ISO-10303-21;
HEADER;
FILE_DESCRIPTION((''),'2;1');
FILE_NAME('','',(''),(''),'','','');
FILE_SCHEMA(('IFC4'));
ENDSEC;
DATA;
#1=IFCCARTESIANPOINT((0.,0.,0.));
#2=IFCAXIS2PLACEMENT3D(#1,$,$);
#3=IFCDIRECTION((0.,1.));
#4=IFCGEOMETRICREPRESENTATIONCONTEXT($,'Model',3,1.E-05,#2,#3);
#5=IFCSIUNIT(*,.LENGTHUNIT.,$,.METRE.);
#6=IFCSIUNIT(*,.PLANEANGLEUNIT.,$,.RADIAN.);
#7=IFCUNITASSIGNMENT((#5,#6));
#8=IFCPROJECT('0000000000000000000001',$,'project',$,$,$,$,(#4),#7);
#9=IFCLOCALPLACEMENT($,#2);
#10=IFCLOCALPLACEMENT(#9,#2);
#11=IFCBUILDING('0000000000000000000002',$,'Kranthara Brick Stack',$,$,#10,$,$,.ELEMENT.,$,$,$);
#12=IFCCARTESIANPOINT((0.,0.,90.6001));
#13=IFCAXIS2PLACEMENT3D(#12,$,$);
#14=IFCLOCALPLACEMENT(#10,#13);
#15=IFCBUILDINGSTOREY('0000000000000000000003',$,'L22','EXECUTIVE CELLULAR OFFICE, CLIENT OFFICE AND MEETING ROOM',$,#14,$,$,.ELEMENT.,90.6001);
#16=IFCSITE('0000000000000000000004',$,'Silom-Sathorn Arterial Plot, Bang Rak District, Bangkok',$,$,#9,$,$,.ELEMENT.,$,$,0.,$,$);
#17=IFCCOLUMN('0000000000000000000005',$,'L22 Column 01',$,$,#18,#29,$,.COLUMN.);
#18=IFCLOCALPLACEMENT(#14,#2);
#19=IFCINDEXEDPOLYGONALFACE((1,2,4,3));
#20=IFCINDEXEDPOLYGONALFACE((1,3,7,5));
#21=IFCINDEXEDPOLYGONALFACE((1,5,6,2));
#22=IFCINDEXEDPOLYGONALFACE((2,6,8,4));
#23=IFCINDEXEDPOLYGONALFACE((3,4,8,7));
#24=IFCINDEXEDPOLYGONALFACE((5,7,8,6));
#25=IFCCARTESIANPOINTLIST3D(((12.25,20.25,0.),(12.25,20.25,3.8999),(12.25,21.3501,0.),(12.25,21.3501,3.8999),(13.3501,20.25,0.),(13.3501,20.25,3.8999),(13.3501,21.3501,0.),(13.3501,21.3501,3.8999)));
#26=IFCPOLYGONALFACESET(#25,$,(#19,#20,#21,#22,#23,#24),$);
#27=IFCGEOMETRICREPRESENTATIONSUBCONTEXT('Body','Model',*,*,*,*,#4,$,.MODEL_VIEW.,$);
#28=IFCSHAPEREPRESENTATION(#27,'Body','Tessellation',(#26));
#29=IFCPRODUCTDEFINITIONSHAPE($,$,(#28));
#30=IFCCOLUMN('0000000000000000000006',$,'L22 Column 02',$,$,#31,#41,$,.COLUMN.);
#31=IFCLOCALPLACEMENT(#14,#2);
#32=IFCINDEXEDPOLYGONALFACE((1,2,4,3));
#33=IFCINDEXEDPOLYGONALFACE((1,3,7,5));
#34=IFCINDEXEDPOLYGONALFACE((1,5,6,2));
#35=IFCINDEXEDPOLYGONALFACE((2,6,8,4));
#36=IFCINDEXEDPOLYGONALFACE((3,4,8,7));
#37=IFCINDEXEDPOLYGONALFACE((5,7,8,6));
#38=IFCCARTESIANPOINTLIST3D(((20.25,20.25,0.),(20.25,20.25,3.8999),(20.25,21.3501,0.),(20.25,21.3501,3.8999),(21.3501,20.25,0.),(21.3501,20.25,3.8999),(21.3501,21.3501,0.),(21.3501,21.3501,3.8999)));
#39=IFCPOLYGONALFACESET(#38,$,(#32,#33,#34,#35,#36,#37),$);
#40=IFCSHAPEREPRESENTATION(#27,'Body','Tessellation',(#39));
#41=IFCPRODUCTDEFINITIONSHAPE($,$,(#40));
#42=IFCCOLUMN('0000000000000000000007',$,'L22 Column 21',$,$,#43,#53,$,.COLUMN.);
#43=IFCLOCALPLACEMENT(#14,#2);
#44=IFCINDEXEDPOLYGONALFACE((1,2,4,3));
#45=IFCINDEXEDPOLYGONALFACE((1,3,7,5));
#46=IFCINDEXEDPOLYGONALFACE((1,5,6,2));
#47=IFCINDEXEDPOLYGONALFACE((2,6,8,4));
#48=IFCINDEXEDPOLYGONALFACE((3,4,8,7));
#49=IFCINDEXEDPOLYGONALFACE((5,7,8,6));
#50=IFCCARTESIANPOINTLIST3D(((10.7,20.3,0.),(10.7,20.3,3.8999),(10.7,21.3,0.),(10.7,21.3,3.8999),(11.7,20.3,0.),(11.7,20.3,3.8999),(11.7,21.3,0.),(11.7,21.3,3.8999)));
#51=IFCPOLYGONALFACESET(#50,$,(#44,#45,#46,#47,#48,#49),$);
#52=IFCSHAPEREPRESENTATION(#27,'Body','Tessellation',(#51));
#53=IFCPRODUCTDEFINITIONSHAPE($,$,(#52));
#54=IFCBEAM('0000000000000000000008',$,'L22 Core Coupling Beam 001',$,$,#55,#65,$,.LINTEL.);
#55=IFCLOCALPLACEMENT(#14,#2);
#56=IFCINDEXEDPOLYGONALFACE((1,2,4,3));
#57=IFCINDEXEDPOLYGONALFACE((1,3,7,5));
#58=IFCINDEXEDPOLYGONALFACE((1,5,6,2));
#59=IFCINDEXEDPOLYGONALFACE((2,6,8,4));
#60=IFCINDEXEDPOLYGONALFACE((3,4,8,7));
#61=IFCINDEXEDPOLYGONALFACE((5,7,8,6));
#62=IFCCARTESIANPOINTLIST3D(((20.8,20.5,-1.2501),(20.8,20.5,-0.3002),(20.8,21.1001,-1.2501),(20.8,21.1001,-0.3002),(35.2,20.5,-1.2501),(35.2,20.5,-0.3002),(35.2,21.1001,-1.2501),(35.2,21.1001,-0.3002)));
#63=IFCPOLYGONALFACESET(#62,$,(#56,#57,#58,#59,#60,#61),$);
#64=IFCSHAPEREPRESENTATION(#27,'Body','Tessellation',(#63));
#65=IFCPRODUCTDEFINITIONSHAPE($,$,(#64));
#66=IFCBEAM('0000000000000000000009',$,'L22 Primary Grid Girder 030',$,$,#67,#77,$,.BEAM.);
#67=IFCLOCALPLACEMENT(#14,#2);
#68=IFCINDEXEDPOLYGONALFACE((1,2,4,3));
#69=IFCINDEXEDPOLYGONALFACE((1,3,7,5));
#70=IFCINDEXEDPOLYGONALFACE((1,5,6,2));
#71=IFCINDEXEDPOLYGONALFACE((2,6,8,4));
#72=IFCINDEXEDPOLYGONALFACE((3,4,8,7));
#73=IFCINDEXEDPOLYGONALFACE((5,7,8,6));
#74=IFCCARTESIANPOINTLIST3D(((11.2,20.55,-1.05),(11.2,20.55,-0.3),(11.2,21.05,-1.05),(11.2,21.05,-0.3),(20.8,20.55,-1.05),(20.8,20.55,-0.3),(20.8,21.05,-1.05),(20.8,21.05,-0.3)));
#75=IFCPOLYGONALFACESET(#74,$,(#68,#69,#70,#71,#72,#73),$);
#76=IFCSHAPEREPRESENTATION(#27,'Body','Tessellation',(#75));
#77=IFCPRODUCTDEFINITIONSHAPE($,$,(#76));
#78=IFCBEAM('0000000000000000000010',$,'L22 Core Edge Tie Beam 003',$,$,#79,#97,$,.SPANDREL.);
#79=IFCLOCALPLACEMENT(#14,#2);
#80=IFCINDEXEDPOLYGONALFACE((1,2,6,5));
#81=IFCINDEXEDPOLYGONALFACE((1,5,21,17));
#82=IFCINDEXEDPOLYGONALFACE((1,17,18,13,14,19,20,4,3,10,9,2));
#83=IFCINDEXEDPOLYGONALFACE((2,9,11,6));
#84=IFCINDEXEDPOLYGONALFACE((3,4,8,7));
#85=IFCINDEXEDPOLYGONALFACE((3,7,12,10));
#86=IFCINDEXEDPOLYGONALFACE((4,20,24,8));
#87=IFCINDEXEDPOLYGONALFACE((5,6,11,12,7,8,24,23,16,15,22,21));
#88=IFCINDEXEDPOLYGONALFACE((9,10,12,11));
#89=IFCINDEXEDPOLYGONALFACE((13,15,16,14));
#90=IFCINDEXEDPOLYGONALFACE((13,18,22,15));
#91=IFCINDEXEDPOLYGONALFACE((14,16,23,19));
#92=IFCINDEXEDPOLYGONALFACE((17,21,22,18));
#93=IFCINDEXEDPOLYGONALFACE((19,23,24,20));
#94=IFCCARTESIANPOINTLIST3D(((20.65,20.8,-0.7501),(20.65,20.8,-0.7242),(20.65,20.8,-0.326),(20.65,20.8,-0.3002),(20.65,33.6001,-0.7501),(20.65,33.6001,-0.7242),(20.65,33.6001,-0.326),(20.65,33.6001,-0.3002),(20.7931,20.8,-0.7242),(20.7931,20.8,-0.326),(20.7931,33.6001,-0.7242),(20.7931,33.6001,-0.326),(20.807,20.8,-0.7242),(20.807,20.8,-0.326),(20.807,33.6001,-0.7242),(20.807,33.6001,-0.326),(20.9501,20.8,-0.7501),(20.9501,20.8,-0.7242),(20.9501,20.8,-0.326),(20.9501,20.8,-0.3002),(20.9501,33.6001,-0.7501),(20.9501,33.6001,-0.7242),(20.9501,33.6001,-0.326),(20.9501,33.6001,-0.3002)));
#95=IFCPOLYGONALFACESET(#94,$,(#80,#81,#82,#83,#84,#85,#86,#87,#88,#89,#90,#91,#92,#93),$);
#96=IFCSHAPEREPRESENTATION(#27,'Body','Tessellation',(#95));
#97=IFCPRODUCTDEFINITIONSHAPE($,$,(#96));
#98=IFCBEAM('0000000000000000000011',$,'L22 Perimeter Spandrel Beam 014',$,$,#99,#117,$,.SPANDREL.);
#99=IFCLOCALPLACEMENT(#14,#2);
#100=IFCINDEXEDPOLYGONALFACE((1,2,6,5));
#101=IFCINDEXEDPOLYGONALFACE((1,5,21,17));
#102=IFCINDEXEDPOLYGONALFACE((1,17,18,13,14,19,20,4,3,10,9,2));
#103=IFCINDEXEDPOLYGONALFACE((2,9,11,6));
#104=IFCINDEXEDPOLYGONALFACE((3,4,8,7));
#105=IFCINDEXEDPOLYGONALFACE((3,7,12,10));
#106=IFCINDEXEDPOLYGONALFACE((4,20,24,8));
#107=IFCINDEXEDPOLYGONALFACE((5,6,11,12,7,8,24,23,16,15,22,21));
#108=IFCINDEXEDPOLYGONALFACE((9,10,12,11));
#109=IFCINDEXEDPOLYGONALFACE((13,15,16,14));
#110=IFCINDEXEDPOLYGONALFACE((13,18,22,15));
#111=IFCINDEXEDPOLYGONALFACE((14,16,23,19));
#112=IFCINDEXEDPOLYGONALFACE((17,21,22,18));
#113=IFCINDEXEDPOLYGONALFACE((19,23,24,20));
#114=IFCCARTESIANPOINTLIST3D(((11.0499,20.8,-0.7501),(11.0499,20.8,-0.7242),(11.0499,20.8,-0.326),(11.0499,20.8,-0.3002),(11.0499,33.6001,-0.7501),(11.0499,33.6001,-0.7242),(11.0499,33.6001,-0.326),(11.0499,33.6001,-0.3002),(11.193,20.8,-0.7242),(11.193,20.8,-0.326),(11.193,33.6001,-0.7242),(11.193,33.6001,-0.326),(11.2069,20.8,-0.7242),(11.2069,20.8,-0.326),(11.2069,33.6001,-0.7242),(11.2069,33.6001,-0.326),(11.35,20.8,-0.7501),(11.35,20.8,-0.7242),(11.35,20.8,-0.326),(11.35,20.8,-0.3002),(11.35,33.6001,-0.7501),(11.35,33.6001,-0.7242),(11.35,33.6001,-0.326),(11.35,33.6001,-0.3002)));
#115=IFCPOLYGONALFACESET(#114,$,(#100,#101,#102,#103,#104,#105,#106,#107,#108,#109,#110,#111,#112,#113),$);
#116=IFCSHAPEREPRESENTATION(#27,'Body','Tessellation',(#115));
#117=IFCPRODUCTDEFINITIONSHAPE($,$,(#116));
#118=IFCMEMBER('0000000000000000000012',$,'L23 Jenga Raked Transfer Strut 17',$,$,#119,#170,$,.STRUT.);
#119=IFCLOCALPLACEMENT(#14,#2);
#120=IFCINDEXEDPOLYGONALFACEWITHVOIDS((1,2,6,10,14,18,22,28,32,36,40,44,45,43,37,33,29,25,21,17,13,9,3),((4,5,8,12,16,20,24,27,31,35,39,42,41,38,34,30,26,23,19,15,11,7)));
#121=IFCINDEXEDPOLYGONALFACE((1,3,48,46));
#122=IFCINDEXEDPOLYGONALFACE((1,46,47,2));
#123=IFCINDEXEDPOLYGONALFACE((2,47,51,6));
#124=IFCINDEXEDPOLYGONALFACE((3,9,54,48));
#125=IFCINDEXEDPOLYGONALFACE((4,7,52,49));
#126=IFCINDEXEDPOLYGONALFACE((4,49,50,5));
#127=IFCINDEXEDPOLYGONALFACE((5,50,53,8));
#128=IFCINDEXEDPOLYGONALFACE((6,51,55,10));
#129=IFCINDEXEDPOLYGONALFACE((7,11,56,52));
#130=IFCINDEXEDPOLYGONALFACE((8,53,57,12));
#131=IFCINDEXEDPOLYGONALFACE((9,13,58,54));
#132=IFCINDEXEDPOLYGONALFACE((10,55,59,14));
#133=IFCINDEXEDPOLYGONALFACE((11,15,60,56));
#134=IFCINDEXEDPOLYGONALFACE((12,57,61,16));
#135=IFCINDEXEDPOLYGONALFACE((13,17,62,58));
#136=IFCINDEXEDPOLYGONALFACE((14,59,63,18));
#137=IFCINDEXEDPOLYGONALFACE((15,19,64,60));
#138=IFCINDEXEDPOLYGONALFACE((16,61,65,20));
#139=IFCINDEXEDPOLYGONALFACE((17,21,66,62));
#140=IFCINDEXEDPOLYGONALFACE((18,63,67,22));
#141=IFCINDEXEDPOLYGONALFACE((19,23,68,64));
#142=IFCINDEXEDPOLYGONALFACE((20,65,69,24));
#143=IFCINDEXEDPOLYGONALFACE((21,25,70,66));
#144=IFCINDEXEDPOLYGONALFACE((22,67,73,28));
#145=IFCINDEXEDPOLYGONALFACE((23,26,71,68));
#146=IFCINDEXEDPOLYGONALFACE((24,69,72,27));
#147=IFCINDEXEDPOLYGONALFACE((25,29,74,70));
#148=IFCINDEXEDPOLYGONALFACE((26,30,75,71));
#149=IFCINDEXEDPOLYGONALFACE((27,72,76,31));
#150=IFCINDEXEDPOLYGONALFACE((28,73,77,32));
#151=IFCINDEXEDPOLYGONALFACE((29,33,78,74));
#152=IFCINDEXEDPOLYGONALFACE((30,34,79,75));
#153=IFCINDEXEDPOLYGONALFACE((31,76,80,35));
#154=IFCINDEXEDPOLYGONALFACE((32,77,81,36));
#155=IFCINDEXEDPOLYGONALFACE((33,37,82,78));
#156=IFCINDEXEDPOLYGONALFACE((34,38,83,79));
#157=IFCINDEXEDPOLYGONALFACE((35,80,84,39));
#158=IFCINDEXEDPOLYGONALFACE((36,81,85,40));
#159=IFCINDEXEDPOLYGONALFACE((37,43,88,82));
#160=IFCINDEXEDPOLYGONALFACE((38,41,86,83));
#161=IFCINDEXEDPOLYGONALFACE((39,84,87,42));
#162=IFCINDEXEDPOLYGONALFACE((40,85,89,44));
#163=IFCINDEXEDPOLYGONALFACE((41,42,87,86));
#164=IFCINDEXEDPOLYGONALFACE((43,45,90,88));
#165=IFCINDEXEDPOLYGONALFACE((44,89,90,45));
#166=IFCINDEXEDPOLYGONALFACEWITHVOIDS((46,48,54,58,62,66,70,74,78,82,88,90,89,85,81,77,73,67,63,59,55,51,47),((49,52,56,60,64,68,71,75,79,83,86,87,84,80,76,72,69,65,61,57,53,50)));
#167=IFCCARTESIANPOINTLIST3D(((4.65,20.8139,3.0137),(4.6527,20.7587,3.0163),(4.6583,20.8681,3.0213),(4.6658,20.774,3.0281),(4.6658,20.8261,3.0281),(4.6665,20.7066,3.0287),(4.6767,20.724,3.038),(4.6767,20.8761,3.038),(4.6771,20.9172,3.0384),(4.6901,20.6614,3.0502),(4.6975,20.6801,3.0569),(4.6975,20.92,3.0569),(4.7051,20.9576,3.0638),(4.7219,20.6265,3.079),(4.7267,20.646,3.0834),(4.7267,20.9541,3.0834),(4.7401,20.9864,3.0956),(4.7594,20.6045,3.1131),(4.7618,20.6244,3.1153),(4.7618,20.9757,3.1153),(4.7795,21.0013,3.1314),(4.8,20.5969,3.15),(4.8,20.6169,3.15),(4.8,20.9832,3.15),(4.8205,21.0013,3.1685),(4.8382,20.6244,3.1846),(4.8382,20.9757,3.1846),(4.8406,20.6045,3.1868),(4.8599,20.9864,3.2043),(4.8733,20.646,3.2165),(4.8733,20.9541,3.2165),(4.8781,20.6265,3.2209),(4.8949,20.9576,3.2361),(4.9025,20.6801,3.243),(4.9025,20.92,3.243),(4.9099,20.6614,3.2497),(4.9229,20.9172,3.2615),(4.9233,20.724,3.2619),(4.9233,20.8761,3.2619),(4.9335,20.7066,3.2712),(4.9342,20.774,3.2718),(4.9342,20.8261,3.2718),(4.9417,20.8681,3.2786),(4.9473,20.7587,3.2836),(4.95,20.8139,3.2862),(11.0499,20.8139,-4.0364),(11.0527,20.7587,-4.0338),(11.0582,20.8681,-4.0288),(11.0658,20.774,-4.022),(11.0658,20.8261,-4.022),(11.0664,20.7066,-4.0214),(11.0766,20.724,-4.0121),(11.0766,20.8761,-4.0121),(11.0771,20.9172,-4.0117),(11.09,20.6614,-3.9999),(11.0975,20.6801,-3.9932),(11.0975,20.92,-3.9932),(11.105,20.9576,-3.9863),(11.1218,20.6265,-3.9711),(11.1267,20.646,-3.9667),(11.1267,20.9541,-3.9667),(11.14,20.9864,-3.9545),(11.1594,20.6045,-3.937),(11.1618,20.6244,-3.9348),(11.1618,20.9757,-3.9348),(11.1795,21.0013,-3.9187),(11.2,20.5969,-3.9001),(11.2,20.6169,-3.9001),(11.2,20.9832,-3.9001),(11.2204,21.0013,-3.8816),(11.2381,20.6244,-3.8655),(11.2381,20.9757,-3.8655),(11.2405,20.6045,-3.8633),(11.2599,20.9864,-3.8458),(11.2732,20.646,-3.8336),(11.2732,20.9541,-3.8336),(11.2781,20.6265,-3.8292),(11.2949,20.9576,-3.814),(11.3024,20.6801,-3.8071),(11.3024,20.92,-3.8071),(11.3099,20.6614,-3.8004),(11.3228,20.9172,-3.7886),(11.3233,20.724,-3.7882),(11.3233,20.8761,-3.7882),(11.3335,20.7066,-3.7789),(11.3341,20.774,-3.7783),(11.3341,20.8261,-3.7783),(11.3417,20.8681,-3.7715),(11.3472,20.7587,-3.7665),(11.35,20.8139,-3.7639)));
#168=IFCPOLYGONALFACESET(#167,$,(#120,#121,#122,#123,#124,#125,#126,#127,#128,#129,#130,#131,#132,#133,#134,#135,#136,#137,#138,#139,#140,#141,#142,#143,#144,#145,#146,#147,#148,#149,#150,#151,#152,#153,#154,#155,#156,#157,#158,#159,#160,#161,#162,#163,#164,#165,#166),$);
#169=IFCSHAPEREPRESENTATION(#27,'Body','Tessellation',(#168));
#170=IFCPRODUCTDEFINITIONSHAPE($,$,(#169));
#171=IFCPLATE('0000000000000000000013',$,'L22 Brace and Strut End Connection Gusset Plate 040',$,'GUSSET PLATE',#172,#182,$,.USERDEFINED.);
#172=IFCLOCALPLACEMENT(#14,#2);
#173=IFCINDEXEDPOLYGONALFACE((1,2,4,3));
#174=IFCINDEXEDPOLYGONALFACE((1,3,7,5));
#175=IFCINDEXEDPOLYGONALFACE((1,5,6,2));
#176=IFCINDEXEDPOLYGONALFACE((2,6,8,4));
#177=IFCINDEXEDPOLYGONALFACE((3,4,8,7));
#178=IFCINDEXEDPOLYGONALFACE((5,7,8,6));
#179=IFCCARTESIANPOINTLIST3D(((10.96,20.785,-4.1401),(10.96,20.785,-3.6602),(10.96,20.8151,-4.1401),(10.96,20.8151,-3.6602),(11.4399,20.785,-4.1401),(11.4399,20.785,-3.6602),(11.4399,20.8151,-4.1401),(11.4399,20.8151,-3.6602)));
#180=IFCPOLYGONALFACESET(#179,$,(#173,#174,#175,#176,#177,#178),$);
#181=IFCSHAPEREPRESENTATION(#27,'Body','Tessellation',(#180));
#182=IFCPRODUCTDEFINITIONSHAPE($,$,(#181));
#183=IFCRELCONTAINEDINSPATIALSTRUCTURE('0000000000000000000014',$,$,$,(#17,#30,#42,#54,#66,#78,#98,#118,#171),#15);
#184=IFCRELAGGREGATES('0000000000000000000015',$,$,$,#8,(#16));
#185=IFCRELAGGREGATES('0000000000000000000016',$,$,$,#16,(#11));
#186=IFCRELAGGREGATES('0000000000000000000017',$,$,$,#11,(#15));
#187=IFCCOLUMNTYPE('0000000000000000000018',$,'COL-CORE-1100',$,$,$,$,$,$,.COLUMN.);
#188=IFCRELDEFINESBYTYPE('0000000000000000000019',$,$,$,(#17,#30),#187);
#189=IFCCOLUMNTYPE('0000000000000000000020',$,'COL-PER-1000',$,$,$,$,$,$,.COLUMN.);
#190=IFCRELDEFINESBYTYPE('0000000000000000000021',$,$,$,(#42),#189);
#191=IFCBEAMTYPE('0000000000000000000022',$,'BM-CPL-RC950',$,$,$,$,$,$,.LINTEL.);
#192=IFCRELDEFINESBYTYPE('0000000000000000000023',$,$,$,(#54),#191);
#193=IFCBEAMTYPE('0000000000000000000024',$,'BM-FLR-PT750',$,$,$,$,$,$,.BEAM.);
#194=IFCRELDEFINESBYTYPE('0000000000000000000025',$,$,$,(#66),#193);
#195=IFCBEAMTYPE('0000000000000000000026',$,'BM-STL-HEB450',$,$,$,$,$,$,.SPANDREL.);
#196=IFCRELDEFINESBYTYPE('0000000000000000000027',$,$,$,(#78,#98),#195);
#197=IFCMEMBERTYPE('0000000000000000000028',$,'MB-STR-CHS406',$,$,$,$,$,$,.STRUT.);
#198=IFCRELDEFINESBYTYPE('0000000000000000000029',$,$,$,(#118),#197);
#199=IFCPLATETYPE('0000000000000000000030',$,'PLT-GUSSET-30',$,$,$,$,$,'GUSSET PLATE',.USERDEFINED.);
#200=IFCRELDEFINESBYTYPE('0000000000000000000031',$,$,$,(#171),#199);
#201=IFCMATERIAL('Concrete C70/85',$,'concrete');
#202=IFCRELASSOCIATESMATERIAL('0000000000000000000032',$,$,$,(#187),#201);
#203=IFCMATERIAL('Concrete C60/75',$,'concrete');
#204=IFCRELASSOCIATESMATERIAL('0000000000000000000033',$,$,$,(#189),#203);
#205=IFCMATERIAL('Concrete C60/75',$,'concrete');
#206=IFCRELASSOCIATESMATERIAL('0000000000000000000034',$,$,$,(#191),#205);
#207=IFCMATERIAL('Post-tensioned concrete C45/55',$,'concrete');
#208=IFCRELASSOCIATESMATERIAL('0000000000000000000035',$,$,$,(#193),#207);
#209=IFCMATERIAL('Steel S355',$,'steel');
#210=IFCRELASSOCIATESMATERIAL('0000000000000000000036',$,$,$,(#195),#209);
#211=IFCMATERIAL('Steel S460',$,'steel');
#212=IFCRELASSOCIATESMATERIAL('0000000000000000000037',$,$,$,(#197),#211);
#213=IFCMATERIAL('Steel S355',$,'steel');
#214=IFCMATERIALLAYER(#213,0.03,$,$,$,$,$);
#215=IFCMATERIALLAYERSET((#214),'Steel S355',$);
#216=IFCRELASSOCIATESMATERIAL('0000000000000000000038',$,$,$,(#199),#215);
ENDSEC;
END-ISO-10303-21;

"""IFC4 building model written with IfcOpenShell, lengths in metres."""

from ifc_helpers import new_model, si_unit, direction, frame, origin, origin_2d, place, context, subcontext, project, spatial, rectangle, hollow_circle, i_section, extrude, material, layer, layer_set, material_profile, profile_set, type_object, element, save


model = new_model("IFC4")

# Units and contexts
model_context = context("Model", 3, precision=1e-05, world=origin(), true_north=direction((0.0, 1.0)))
body_context = subcontext(model_context, "Body", "Model", "MODEL_VIEW")
ifc_project = project(units=[si_unit("LENGTHUNIT", "METRE"), si_unit("PLANEANGLEUNIT", "RADIAN")], contexts=[model_context])

# Site, building, storey
site_placement = place(None, origin())
site = spatial("IfcSite", under=ifc_project, at=site_placement, Name="Silom-Sathorn Arterial Plot, Bang Rak District, Bangkok", CompositionType="ELEMENT", RefElevation=0.0)
building_placement = place(site_placement, origin())
building = spatial("IfcBuilding", under=site, at=building_placement, Name="Kranthara Brick Stack", CompositionType="ELEMENT")
storey_placement = place(building_placement, frame((0.0, 0.0, 90.6001)))
storey = spatial("IfcBuildingStorey", under=building, at=storey_placement, Name="L22", Description="EXECUTIVE CELLULAR OFFICE, CLIENT OFFICE AND MEETING ROOM", CompositionType="ELEMENT", Elevation=90.6001)

# Columns
ifc_material_1 = material(Name="Concrete C70/85", Category="concrete")
ifc_material_profile_1 = material_profile(ifc_material_1, rectangle(XDim=1.1001, YDim=1.1001, at=origin_2d()), Name="RC 1100x1100")
ifc_profile_set_1 = profile_set([ifc_material_profile_1], Name="Concrete C70/85")
column_type_1 = type_object("IfcColumnType", Name="COL-CORE-1100", PredefinedType="COLUMN", material=ifc_profile_set_1)
for number, where, z_axis, x_axis, name in (
    (1, (12.8, 20.8, 0.0), (0.0, 0.0, 1.0), (1.0, 0.0, 0.0), "L22 Column 01"),
    (2, (20.8, 20.8, 0.0), (0.0, 0.0, 1.0), (1.0, 0.0, 0.0), "L22 Column 02"),
):
    element("IfcColumn", number, at=place(storey_placement, frame(where, z_axis=z_axis, x_axis=x_axis)), inside=storey, type_object=column_type_1, Name=name, PredefinedType="COLUMN", context=body_context, shape_type="SweptSolid", body=[
        extrude(rectangle(XDim=1.1001, YDim=1.1001, at=origin_2d()), origin(), (0.0, 0.0, 1.0), 3.8999),
    ])
ifc_material_2 = material(Name="Concrete C60/75", Category="concrete")
ifc_material_profile_2 = material_profile(ifc_material_2, rectangle(XDim=1.0, YDim=1.0, at=origin_2d()), Name="RC 1000x1000")
ifc_profile_set_2 = profile_set([ifc_material_profile_2], Name="Concrete C60/75")
column_type_2 = type_object("IfcColumnType", Name="COL-PER-1000", PredefinedType="COLUMN", material=ifc_profile_set_2)
column_placement = place(storey_placement, frame((11.2, 20.8, 0.0), z_axis=(0.0, 0.0, 1.0), x_axis=(1.0, 0.0, 0.0)))
element("IfcColumn", 3, at=column_placement, inside=storey, type_object=column_type_2, Name="L22 Column 21", PredefinedType="COLUMN", context=body_context, shape_type="SweptSolid", body=[
    extrude(rectangle(XDim=1.0, YDim=1.0, at=origin_2d()), origin(), (0.0, 0.0, 1.0), 3.8999),
])

# Beams
ifc_material_3 = material(Name="Concrete C60/75", Category="concrete")
ifc_material_profile_3 = material_profile(ifc_material_3, rectangle(XDim=0.6001, YDim=0.95, at=origin_2d()), Name="RC 600x950")
ifc_profile_set_3 = profile_set([ifc_material_profile_3], Name="Concrete C60/75")
beam_type_1 = type_object("IfcBeamType", Name="BM-CPL-RC950", PredefinedType="LINTEL", material=ifc_profile_set_3)
beam_1_placement = place(storey_placement, frame((20.8, 20.8, -0.7751), z_axis=(1.0, 0.0, 0.0), x_axis=(0.0, 1.0, 0.0)))
element("IfcBeam", 4, at=beam_1_placement, inside=storey, type_object=beam_type_1, Name="L22 Core Coupling Beam 001", PredefinedType="LINTEL", context=body_context, shape_type="SweptSolid", body=[
    extrude(rectangle(XDim=0.6001, YDim=0.95, at=origin_2d()), origin(), (0.0, 0.0, 1.0), 14.3999),
])
ifc_material_4 = material(Name="Post-tensioned concrete C45/55", Category="concrete")
ifc_material_profile_4 = material_profile(ifc_material_4, rectangle(XDim=0.5, YDim=0.75, at=origin_2d()), Name="PT 500x750")
ifc_profile_set_4 = profile_set([ifc_material_profile_4], Name="Post-tensioned concrete C45/55")
beam_type_2 = type_object("IfcBeamType", Name="BM-FLR-PT750", PredefinedType="BEAM", material=ifc_profile_set_4)
beam_2_placement = place(storey_placement, frame((11.2, 20.8, -0.675), z_axis=(1.0, 0.0, 0.0), x_axis=(0.0, 1.0, 0.0)))
element("IfcBeam", 5, at=beam_2_placement, inside=storey, type_object=beam_type_2, Name="L22 Primary Grid Girder 030", PredefinedType="BEAM", context=body_context, shape_type="SweptSolid", body=[
    extrude(rectangle(XDim=0.5, YDim=0.75, at=origin_2d()), origin(), (0.0, 0.0, 1.0), 9.6001),
])
ifc_material_5 = material(Name="Steel S355", Category="steel")
ifc_material_profile_5 = material_profile(ifc_material_5, i_section(OverallWidth=0.3, OverallDepth=0.45, WebThickness=0.0139, FlangeThickness=0.0259, at=origin_2d()), Name="HEB 450")
ifc_profile_set_5 = profile_set([ifc_material_profile_5], Name="Steel S355")
beam_type_3 = type_object("IfcBeamType", Name="BM-STL-HEB450", PredefinedType="SPANDREL", material=ifc_profile_set_5)
for number, where, z_axis, x_axis, name in (
    (6, (20.8, 20.8, -0.5251), (0.0, 1.0, 0.0), (-1.0, 0.0, 0.0), "L22 Core Edge Tie Beam 003"),
    (7, (11.2, 20.8, -0.5251), (0.0, 1.0, 0.0), (-1.0, 0.0, 0.0), "L22 Perimeter Spandrel Beam 014"),
):
    element("IfcBeam", number, at=place(storey_placement, frame(where, z_axis=z_axis, x_axis=x_axis)), inside=storey, type_object=beam_type_3, Name=name, PredefinedType="SPANDREL", context=body_context, shape_type="SweptSolid", body=[
        extrude(i_section(OverallWidth=0.3, OverallDepth=0.45, WebThickness=0.0139, FlangeThickness=0.0259, at=origin_2d()), origin(), (0.0, 0.0, 1.0), 12.8),
    ])

# Member
ifc_material_6 = material(Name="Steel S460", Category="steel")
ifc_material_profile_6 = material_profile(ifc_material_6, hollow_circle(Radius=0.2031, WallThickness=0.02, at=origin_2d()), Name="CHS 406.4x20")
ifc_profile_set_6 = profile_set([ifc_material_profile_6], Name="Steel S460")
member_type = type_object("IfcMemberType", Name="MB-STR-CHS406", PredefinedType="STRUT", material=ifc_profile_set_6)
member_placement = place(storey_placement, frame((11.2, 20.8, -3.9001), z_axis=(-0.672142, 0.0, 0.740423), x_axis=(0.0, -1.0, 0.0)))
element("IfcMember", 8, at=member_placement, inside=storey, type_object=member_type, Name="L23 Jenga Raked Transfer Strut 17", PredefinedType="STRUT", context=body_context, shape_type="SweptSolid", body=[
    extrude(hollow_circle(Radius=0.2031, WallThickness=0.02, at=origin_2d()), origin(), (0.0, 0.0, 1.0), 9.5217),
])

# Plate
ifc_material_7 = material(Name="Steel S355", Category="steel")
ifc_layer_1 = layer(ifc_material_7, 0.03)
ifc_layer_set_1 = layer_set([ifc_layer_1], Name="Steel S355")
plate_type = type_object("IfcPlateType", Name="PLT-GUSSET-30", ElementType="GUSSET PLATE", PredefinedType="USERDEFINED", material=ifc_layer_set_1)
plate_placement = place(storey_placement, frame((11.2, 20.8, -4.1401), z_axis=(0.0, 0.0, 1.0), x_axis=(1.0, 0.0, 0.0)))
element("IfcPlate", 9, at=plate_placement, inside=storey, type_object=plate_type, Name="L22 Brace and Strut End Connection Gusset Plate 040", ObjectType="GUSSET PLATE", PredefinedType="USERDEFINED", context=body_context, shape_type="SweptSolid", body=[
    extrude(rectangle(XDim=0.48, YDim=0.03, at=origin_2d()), origin(), (0.0, 0.0, 1.0), 0.48),
])

save(model, "model.ifc")
